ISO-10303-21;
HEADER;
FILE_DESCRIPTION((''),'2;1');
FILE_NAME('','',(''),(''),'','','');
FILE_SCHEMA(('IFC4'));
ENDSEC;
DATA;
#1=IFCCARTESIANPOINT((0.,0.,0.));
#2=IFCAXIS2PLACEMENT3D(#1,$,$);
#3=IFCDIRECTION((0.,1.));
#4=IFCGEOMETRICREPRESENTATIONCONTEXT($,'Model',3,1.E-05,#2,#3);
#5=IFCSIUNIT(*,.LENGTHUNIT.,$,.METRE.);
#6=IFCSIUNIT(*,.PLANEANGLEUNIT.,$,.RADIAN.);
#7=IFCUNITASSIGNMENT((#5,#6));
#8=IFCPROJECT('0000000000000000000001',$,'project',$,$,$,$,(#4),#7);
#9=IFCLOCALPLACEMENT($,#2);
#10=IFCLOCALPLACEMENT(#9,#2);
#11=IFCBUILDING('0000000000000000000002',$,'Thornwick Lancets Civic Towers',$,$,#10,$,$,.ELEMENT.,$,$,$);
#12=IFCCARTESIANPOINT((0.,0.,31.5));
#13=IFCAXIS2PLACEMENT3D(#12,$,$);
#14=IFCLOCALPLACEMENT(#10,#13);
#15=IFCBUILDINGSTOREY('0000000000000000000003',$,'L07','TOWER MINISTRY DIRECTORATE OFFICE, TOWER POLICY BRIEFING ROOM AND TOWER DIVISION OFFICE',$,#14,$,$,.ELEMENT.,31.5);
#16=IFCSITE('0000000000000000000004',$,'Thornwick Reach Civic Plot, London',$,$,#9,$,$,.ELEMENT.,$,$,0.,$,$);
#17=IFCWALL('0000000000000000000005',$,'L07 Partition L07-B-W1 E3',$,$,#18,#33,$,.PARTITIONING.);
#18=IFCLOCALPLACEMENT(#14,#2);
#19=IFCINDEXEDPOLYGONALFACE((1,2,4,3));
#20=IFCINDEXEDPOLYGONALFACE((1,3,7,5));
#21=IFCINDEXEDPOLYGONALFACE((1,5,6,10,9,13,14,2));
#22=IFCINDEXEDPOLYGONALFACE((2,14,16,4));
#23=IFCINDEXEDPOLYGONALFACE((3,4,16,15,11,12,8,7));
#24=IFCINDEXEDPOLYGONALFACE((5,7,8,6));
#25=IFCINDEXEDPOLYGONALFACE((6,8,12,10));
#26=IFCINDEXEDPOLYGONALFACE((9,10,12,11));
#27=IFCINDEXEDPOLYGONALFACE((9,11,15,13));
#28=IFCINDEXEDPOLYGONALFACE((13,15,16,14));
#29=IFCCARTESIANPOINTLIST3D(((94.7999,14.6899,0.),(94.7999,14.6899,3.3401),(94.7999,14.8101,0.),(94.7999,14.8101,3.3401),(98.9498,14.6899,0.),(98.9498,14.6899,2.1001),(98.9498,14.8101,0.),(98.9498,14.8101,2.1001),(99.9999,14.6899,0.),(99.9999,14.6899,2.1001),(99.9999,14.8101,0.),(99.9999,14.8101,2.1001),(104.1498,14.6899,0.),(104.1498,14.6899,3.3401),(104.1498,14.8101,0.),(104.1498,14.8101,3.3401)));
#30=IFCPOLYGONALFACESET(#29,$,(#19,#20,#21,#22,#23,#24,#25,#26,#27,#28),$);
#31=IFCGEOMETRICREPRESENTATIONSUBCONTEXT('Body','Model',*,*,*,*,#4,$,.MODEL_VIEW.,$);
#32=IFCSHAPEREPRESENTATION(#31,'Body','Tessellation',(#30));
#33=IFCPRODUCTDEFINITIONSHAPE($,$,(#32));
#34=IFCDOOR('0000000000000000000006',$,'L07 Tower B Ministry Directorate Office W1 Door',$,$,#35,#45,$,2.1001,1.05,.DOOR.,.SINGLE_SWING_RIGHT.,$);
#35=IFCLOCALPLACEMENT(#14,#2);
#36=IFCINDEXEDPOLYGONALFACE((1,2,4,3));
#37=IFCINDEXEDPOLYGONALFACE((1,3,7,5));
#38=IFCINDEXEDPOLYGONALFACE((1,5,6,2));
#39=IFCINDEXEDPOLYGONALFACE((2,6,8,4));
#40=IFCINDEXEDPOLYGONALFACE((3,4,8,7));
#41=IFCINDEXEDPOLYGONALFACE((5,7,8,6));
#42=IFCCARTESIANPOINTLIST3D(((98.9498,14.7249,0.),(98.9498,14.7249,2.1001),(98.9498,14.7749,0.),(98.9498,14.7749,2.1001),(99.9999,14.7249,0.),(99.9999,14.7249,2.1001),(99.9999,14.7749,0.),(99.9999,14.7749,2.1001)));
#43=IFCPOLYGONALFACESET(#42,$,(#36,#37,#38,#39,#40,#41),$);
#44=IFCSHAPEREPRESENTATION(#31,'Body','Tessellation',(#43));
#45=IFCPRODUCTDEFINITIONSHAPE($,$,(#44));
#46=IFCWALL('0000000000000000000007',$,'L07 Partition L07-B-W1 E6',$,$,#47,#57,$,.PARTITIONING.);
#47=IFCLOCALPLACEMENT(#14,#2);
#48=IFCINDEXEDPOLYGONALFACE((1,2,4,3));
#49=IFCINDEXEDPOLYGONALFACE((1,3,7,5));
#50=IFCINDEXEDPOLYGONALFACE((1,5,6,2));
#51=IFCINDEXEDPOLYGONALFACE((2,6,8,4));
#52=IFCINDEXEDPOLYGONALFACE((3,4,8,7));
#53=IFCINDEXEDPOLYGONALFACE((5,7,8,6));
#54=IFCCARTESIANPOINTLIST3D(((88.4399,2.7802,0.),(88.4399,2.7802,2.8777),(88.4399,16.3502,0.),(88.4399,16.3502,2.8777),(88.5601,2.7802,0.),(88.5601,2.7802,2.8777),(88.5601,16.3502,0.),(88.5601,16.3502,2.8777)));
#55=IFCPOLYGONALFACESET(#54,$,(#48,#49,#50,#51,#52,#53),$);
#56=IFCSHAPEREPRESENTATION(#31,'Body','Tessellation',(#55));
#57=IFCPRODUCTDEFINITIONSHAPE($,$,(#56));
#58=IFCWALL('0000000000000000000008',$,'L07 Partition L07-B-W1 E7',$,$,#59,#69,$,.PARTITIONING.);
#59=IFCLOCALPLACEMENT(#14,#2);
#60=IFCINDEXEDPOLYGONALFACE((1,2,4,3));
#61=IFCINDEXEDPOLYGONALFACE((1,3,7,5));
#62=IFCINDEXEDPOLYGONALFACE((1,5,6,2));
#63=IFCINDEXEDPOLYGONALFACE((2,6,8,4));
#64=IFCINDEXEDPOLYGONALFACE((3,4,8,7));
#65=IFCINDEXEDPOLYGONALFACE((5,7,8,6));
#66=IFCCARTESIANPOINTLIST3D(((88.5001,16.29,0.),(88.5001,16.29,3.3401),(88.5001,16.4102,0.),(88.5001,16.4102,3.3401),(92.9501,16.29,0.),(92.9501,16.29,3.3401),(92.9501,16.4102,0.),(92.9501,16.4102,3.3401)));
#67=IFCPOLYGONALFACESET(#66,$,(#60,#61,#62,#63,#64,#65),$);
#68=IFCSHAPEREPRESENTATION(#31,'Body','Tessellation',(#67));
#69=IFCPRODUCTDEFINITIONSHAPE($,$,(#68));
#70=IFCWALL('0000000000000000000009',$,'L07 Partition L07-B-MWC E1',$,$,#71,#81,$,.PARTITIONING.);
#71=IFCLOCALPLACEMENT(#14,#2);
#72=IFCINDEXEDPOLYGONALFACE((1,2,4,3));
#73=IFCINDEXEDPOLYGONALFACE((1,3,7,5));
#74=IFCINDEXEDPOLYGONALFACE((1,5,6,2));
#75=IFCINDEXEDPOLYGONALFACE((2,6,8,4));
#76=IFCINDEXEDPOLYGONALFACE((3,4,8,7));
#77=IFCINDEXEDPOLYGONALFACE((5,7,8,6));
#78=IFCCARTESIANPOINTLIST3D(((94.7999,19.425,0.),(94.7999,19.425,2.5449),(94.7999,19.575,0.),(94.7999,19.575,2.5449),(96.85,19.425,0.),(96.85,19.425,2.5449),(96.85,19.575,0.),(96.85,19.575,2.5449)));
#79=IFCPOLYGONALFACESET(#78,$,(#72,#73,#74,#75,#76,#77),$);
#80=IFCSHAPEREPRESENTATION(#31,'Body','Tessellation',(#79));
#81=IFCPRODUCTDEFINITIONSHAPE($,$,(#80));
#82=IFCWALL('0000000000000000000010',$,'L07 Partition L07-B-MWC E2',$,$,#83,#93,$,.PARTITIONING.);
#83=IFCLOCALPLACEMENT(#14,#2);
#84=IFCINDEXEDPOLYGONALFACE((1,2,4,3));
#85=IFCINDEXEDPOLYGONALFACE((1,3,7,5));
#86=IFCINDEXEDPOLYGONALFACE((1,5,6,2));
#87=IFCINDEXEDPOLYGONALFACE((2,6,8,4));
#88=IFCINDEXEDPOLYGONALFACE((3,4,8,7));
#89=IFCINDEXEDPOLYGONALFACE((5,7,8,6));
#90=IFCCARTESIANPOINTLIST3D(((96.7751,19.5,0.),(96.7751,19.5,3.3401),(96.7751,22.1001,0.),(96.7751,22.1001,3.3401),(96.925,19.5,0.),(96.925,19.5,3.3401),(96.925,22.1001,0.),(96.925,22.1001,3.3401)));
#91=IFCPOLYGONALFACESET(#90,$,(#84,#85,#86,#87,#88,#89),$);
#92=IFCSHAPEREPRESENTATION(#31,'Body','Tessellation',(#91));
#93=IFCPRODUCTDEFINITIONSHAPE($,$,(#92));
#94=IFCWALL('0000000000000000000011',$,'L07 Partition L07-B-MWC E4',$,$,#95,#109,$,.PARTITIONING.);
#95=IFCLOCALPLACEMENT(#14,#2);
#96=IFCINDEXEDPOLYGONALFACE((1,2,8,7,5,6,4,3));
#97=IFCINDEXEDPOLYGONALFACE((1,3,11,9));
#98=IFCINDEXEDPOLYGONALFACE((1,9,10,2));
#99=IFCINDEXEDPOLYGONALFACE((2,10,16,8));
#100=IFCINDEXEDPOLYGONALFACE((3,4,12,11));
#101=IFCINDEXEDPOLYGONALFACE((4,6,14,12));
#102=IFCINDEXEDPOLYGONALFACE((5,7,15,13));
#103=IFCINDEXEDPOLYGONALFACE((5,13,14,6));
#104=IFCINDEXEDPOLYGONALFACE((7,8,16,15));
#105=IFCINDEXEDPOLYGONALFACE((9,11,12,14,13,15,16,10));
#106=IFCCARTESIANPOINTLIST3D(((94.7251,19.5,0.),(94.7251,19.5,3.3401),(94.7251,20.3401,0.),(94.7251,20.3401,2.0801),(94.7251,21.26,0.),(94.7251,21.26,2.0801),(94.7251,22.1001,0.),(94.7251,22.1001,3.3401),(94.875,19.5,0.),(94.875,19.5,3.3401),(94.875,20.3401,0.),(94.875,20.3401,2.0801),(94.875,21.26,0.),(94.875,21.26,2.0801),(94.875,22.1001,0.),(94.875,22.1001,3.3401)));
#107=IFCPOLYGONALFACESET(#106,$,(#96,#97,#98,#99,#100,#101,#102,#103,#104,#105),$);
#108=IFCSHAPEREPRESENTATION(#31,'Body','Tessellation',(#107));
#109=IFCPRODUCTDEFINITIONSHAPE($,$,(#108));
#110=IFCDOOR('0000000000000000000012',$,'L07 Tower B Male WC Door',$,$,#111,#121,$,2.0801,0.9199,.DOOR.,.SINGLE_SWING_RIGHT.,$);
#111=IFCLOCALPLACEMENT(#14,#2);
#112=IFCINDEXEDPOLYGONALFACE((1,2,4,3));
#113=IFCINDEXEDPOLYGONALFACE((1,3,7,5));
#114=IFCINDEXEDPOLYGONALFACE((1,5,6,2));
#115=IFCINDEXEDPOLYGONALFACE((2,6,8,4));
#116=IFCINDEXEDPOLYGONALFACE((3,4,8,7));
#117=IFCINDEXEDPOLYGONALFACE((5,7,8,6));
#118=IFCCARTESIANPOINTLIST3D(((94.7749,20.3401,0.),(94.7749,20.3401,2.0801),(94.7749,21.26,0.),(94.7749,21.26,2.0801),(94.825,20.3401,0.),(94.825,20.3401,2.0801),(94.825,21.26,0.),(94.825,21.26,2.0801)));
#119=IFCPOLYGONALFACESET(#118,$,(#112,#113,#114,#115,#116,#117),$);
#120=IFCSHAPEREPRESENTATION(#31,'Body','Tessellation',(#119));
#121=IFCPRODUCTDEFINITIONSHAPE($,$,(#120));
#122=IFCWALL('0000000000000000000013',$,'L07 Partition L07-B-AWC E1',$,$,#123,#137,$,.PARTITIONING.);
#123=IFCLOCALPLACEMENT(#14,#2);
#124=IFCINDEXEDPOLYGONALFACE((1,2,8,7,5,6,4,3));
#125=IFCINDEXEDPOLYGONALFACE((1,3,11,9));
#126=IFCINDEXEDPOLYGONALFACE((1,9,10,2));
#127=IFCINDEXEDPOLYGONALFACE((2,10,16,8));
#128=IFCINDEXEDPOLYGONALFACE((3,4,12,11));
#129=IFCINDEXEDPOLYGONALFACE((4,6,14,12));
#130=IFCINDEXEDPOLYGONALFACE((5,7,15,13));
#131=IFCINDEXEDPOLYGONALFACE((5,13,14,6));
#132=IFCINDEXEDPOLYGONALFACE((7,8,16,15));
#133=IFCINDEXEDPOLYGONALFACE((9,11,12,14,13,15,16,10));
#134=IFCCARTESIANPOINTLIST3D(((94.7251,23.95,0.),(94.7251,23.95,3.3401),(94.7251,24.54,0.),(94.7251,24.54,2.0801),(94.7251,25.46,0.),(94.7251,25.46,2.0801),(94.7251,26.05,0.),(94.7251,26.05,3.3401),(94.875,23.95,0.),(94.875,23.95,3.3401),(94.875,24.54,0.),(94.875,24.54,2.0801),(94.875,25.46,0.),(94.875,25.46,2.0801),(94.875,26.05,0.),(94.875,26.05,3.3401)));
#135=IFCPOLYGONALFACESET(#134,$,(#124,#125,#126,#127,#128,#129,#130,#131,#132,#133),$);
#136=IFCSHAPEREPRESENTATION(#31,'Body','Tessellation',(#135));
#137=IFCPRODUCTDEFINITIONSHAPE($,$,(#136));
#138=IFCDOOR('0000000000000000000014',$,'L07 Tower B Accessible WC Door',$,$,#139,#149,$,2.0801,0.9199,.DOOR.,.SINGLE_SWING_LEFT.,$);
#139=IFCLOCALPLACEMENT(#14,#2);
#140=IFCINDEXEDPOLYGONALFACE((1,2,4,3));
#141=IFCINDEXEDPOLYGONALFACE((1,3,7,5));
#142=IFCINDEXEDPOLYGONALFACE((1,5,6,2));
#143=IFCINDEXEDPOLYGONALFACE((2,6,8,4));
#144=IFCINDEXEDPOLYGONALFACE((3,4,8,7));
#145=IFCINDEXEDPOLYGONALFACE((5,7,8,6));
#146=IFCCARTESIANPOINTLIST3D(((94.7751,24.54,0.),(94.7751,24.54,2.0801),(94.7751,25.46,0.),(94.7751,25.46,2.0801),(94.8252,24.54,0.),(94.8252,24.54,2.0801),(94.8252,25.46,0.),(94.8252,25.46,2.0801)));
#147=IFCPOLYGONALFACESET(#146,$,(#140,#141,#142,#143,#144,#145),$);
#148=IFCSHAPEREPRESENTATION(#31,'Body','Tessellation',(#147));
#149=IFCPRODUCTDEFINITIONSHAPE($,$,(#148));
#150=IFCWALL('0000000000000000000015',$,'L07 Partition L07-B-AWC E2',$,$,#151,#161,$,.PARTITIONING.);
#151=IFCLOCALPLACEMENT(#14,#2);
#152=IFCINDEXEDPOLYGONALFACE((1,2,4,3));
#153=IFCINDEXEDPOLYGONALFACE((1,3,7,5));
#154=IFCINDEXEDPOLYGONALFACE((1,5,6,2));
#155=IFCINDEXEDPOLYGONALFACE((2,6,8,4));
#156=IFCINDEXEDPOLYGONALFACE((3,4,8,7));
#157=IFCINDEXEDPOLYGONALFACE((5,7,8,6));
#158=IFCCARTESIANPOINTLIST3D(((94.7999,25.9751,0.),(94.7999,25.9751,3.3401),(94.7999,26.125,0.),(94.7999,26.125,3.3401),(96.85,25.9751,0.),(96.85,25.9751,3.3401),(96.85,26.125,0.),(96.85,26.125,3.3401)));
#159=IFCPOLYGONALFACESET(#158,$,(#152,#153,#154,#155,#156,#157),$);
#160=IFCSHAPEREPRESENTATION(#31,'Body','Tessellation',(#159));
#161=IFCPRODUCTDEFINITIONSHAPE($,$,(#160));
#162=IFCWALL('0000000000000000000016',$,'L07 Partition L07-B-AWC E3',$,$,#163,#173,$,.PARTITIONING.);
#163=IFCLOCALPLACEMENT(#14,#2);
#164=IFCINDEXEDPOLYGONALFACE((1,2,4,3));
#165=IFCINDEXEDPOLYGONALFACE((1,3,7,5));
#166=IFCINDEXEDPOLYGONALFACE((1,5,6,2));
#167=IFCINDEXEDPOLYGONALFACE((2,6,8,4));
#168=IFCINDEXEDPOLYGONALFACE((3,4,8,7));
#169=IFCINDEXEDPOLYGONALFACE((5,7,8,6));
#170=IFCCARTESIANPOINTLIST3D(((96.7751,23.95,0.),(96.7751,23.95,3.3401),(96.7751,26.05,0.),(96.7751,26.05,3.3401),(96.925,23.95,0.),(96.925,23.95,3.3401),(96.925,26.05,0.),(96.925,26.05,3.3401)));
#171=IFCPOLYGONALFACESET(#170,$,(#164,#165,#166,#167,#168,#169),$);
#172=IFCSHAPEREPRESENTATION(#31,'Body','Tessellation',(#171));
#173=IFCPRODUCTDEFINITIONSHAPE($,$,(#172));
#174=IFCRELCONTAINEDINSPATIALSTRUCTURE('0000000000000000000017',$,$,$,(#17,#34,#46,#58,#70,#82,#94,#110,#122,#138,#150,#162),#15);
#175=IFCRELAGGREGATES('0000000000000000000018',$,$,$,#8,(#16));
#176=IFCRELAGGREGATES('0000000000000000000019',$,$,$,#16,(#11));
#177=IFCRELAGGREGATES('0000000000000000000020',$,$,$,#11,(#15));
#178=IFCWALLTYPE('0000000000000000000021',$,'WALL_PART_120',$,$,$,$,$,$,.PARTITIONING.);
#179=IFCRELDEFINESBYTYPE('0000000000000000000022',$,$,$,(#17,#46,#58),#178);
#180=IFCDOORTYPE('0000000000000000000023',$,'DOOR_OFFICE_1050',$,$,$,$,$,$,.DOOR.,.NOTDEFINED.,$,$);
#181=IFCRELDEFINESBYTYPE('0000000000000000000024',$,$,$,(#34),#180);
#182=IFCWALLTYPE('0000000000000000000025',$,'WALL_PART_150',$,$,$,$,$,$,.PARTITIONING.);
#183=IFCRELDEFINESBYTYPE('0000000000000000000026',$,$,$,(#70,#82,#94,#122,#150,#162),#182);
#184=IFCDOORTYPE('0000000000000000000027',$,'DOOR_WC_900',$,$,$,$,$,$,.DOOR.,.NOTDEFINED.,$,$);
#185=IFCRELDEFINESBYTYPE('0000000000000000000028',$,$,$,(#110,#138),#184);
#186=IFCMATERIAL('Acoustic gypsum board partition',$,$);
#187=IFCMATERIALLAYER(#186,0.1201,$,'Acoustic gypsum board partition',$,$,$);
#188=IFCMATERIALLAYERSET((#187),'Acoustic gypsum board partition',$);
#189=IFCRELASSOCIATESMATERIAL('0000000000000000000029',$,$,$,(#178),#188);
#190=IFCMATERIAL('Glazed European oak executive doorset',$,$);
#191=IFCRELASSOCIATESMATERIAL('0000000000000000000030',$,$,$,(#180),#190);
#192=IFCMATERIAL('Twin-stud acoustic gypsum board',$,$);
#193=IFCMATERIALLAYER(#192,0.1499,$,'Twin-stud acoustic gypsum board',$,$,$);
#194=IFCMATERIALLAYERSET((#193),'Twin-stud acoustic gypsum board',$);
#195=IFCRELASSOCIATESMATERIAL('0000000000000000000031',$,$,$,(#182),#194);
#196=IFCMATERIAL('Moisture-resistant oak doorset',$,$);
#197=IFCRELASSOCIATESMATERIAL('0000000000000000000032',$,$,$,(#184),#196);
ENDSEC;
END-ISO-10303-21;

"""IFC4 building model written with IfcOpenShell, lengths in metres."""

from ifc_helpers import new_model, si_unit, direction, frame, frame_2d, origin, place, context, subcontext, project, spatial, rectangle, extrude, material, layer, layer_set, type_object, element, fill, save


model = new_model("IFC4")

# Units and contexts
model_context = context("Model", 3, precision=1e-05, world=origin(), true_north=direction((0.0, 1.0)))
body_context = subcontext(model_context, "Body", "Model", "MODEL_VIEW")
ifc_project = project(units=[si_unit("LENGTHUNIT", "METRE"), si_unit("PLANEANGLEUNIT", "RADIAN")], contexts=[model_context])

# Site, building, storey
site_placement = place(None, origin())
site = spatial("IfcSite", under=ifc_project, at=site_placement, Name="Thornwick Reach Civic Plot, London", CompositionType="ELEMENT", RefElevation=0.0)
building_placement = place(site_placement, origin())
building = spatial("IfcBuilding", under=site, at=building_placement, Name="Thornwick Lancets Civic Towers", CompositionType="ELEMENT")
storey_placement = place(building_placement, frame((0.0, 0.0, 31.5)))
storey = spatial("IfcBuildingStorey", under=building, at=storey_placement, Name="L07", Description="TOWER MINISTRY DIRECTORATE OFFICE, TOWER POLICY BRIEFING ROOM AND TOWER DIVISION OFFICE", CompositionType="ELEMENT", Elevation=31.5)

# Shared definitions
ifc_material_1 = material(Name="Acoustic gypsum board partition")
ifc_layer_1 = layer(ifc_material_1, 0.1201, Name="Acoustic gypsum board partition")
ifc_layer_set_1 = layer_set([ifc_layer_1], Name="Acoustic gypsum board partition")
wall_type_1 = type_object("IfcWallType", Name="WALL_PART_120", PredefinedType="PARTITIONING", material=ifc_layer_set_1)

# Wall, opening, door
wall_1_placement = place(storey_placement, frame((94.8, 14.75, 0.0), z_axis=(0.0, 0.0, 1.0), x_axis=(1.0, 0.0, 0.0)))
wall_1 = element("IfcWall", 1, at=wall_1_placement, inside=storey, type_object=wall_type_1, Name="L07 Partition L07-B-W1 E3", PredefinedType="PARTITIONING", context=body_context, shape_type="SweptSolid", body=[
    extrude(rectangle(XDim=9.3499, YDim=0.1201, at=frame_2d((4.6748, 0.0))), origin(), (0.0, 0.0, 1.0), 3.3401),
])
opening_1_placement = place(wall_1_placement, frame((4.1499, 0.0, 0.0)))
opening_1 = element("IfcOpeningElement", 2, at=opening_1_placement, cuts=wall_1, PredefinedType="OPENING", context=body_context, shape_type="SweptSolid", body=[
    extrude(rectangle(XDim=1.05, YDim=2.1001, at=frame_2d((0.5249, 1.05))), frame((0.0, 0.0701, 0.0), z_axis=(0.0, -1.0, 0.0), x_axis=(1.0, 0.0, 0.0)), (0.0, 0.0, 1.0), 0.1401),
])
ifc_material_2 = material(Name="Glazed European oak executive doorset")
door_type_1 = type_object("IfcDoorType", Name="DOOR_OFFICE_1050", OperationType="NOTDEFINED", PredefinedType="DOOR", material=ifc_material_2)
door_1_placement = place(opening_1_placement, origin())
door_1 = element("IfcDoor", 3, at=door_1_placement, inside=storey, type_object=door_type_1, Name="L07 Tower B Ministry Directorate Office W1 Door", OperationType="SINGLE_SWING_RIGHT", OverallHeight=2.1001, OverallWidth=1.05, PredefinedType="DOOR", context=body_context, shape_type="SweptSolid", body=[
    extrude(rectangle(XDim=1.05, YDim=2.1001, at=frame_2d((0.5249, 1.05))), frame((0.0, 0.0249, 0.0), z_axis=(0.0, -1.0, 0.0), x_axis=(1.0, 0.0, 0.0)), (0.0, 0.0, 1.0), 0.05),
])
fill(opening_1, door_1)

# Walls
wall_2_placement = place(storey_placement, frame((88.5, 2.78, 0.0), z_axis=(0.0, 0.0, 1.0), x_axis=(0.0, 1.0, 0.0)))
element("IfcWall", 4, at=wall_2_placement, inside=storey, type_object=wall_type_1, Name="L07 Partition L07-B-W1 E6", PredefinedType="PARTITIONING", context=body_context, shape_type="SweptSolid", body=[
    extrude(rectangle(XDim=13.5701, YDim=0.1201, at=frame_2d((6.7852, 0.0))), origin(), (0.0, 0.0, 1.0), 2.8777),
])
wall_3_placement = place(storey_placement, frame((88.5, 16.3501, 0.0), z_axis=(0.0, 0.0, 1.0), x_axis=(1.0, 0.0, 0.0)))
element("IfcWall", 5, at=wall_3_placement, inside=storey, type_object=wall_type_1, Name="L07 Partition L07-B-W1 E7", PredefinedType="PARTITIONING", context=body_context, shape_type="SweptSolid", body=[
    extrude(rectangle(XDim=4.45, YDim=0.1201, at=frame_2d((2.2251, 0.0))), origin(), (0.0, 0.0, 1.0), 3.3401),
])
ifc_material_3 = material(Name="Twin-stud acoustic gypsum board")
ifc_layer_2 = layer(ifc_material_3, 0.1499, Name="Twin-stud acoustic gypsum board")
ifc_layer_set_2 = layer_set([ifc_layer_2], Name="Twin-stud acoustic gypsum board")
wall_type_2 = type_object("IfcWallType", Name="WALL_PART_150", PredefinedType="PARTITIONING", material=ifc_layer_set_2)
wall_4_placement = place(storey_placement, frame((94.8, 19.5, 0.0), z_axis=(0.0, 0.0, 1.0), x_axis=(1.0, 0.0, 0.0)))
element("IfcWall", 6, at=wall_4_placement, inside=storey, type_object=wall_type_2, Name="L07 Partition L07-B-MWC E1", PredefinedType="PARTITIONING", context=body_context, shape_type="SweptSolid", body=[
    extrude(rectangle(XDim=2.05, YDim=0.1499, at=frame_2d((1.0249, 0.0))), origin(), (0.0, 0.0, 1.0), 2.5449),
])
wall_5_placement = place(storey_placement, frame((96.8501, 19.5, 0.0), z_axis=(0.0, 0.0, 1.0), x_axis=(0.0, 1.0, 0.0)))
element("IfcWall", 7, at=wall_5_placement, inside=storey, type_object=wall_type_2, Name="L07 Partition L07-B-MWC E2", PredefinedType="PARTITIONING", context=body_context, shape_type="SweptSolid", body=[
    extrude(rectangle(XDim=2.6001, YDim=0.1499, at=frame_2d((1.3, 0.0))), origin(), (0.0, 0.0, 1.0), 3.3401),
])

# Walls, openings, doors
wall_6_placement = place(storey_placement, frame((94.8, 22.1001, 0.0), z_axis=(0.0, 0.0, 1.0), x_axis=(0.0, -1.0, 0.0)))
wall_6 = element("IfcWall", 8, at=wall_6_placement, inside=storey, type_object=wall_type_2, Name="L07 Partition L07-B-MWC E4", PredefinedType="PARTITIONING", context=body_context, shape_type="SweptSolid", body=[
    extrude(rectangle(XDim=2.6001, YDim=0.1499, at=frame_2d((1.3, 0.0))), origin(), (0.0, 0.0, 1.0), 3.3401),
])
opening_2_placement = place(wall_6_placement, frame((0.8401, 0.0, 0.0)))
opening_2 = element("IfcOpeningElement", 9, at=opening_2_placement, cuts=wall_6, PredefinedType="OPENING", context=body_context, shape_type="SweptSolid", body=[
    extrude(rectangle(XDim=0.9199, YDim=2.0801, at=frame_2d((0.46, 1.04))), frame((0.0, 0.085, 0.0), z_axis=(0.0, -1.0, 0.0), x_axis=(1.0, 0.0, 0.0)), (0.0, 0.0, 1.0), 0.1699),
])
ifc_material_4 = material(Name="Moisture-resistant oak doorset")
door_type_2 = type_object("IfcDoorType", Name="DOOR_WC_900", OperationType="NOTDEFINED", PredefinedType="DOOR", material=ifc_material_4)
door_2_placement = place(opening_2_placement, origin())
door_2 = element("IfcDoor", 10, at=door_2_placement, inside=storey, type_object=door_type_2, Name="L07 Tower B Male WC Door", OperationType="SINGLE_SWING_RIGHT", OverallHeight=2.0801, OverallWidth=0.9199, PredefinedType="DOOR", context=body_context, shape_type="SweptSolid", body=[
    extrude(rectangle(XDim=0.9199, YDim=2.0801, at=frame_2d((0.46, 1.04))), frame((0.0, 0.0249, 0.0), z_axis=(0.0, -1.0, 0.0), x_axis=(1.0, 0.0, 0.0)), (0.0, 0.0, 1.0), 0.05),
])
fill(opening_2, door_2)
wall_7_placement = place(storey_placement, frame((94.8, 23.95, 0.0), z_axis=(0.0, 0.0, 1.0), x_axis=(0.0, 1.0, 0.0)))
wall_7 = element("IfcWall", 11, at=wall_7_placement, inside=storey, type_object=wall_type_2, Name="L07 Partition L07-B-AWC E1", PredefinedType="PARTITIONING", context=body_context, shape_type="SweptSolid", body=[
    extrude(rectangle(XDim=2.1001, YDim=0.1499, at=frame_2d((1.05, 0.0))), origin(), (0.0, 0.0, 1.0), 3.3401),
])
opening_3_placement = place(wall_7_placement, frame((0.5901, 0.0, 0.0)))
opening_3 = element("IfcOpeningElement", 12, at=opening_3_placement, cuts=wall_7, PredefinedType="OPENING", context=body_context, shape_type="SweptSolid", body=[
    extrude(rectangle(XDim=0.9199, YDim=2.0801, at=frame_2d((0.46, 1.04))), frame((0.0, 0.085, 0.0), z_axis=(0.0, -1.0, 0.0), x_axis=(1.0, 0.0, 0.0)), (0.0, 0.0, 1.0), 0.1699),
])
door_3_placement = place(opening_3_placement, origin())
door_3 = element("IfcDoor", 13, at=door_3_placement, inside=storey, type_object=door_type_2, Name="L07 Tower B Accessible WC Door", OperationType="SINGLE_SWING_LEFT", OverallHeight=2.0801, OverallWidth=0.9199, PredefinedType="DOOR", context=body_context, shape_type="SweptSolid", body=[
    extrude(rectangle(XDim=0.9199, YDim=2.0801, at=frame_2d((0.46, 1.04))), frame((0.0, 0.0249, 0.0), z_axis=(0.0, -1.0, 0.0), x_axis=(1.0, 0.0, 0.0)), (0.0, 0.0, 1.0), 0.05),
])
fill(opening_3, door_3)

# Walls
wall_8_placement = place(storey_placement, frame((94.8, 26.05, 0.0), z_axis=(0.0, 0.0, 1.0), x_axis=(1.0, 0.0, 0.0)))
element("IfcWall", 14, at=wall_8_placement, inside=storey, type_object=wall_type_2, Name="L07 Partition L07-B-AWC E2", PredefinedType="PARTITIONING", context=body_context, shape_type="SweptSolid", body=[
    extrude(rectangle(XDim=2.05, YDim=0.1499, at=frame_2d((1.0249, 0.0))), origin(), (0.0, 0.0, 1.0), 3.3401),
])
wall_9_placement = place(storey_placement, frame((96.8501, 26.05, 0.0), z_axis=(0.0, 0.0, 1.0), x_axis=(0.0, -1.0, 0.0)))
element("IfcWall", 15, at=wall_9_placement, inside=storey, type_object=wall_type_2, Name="L07 Partition L07-B-AWC E3", PredefinedType="PARTITIONING", context=body_context, shape_type="SweptSolid", body=[
    extrude(rectangle(XDim=2.1001, YDim=0.1499, at=frame_2d((1.05, 0.0))), origin(), (0.0, 0.0, 1.0), 3.3401),
])

save(model, "model.ifc")
